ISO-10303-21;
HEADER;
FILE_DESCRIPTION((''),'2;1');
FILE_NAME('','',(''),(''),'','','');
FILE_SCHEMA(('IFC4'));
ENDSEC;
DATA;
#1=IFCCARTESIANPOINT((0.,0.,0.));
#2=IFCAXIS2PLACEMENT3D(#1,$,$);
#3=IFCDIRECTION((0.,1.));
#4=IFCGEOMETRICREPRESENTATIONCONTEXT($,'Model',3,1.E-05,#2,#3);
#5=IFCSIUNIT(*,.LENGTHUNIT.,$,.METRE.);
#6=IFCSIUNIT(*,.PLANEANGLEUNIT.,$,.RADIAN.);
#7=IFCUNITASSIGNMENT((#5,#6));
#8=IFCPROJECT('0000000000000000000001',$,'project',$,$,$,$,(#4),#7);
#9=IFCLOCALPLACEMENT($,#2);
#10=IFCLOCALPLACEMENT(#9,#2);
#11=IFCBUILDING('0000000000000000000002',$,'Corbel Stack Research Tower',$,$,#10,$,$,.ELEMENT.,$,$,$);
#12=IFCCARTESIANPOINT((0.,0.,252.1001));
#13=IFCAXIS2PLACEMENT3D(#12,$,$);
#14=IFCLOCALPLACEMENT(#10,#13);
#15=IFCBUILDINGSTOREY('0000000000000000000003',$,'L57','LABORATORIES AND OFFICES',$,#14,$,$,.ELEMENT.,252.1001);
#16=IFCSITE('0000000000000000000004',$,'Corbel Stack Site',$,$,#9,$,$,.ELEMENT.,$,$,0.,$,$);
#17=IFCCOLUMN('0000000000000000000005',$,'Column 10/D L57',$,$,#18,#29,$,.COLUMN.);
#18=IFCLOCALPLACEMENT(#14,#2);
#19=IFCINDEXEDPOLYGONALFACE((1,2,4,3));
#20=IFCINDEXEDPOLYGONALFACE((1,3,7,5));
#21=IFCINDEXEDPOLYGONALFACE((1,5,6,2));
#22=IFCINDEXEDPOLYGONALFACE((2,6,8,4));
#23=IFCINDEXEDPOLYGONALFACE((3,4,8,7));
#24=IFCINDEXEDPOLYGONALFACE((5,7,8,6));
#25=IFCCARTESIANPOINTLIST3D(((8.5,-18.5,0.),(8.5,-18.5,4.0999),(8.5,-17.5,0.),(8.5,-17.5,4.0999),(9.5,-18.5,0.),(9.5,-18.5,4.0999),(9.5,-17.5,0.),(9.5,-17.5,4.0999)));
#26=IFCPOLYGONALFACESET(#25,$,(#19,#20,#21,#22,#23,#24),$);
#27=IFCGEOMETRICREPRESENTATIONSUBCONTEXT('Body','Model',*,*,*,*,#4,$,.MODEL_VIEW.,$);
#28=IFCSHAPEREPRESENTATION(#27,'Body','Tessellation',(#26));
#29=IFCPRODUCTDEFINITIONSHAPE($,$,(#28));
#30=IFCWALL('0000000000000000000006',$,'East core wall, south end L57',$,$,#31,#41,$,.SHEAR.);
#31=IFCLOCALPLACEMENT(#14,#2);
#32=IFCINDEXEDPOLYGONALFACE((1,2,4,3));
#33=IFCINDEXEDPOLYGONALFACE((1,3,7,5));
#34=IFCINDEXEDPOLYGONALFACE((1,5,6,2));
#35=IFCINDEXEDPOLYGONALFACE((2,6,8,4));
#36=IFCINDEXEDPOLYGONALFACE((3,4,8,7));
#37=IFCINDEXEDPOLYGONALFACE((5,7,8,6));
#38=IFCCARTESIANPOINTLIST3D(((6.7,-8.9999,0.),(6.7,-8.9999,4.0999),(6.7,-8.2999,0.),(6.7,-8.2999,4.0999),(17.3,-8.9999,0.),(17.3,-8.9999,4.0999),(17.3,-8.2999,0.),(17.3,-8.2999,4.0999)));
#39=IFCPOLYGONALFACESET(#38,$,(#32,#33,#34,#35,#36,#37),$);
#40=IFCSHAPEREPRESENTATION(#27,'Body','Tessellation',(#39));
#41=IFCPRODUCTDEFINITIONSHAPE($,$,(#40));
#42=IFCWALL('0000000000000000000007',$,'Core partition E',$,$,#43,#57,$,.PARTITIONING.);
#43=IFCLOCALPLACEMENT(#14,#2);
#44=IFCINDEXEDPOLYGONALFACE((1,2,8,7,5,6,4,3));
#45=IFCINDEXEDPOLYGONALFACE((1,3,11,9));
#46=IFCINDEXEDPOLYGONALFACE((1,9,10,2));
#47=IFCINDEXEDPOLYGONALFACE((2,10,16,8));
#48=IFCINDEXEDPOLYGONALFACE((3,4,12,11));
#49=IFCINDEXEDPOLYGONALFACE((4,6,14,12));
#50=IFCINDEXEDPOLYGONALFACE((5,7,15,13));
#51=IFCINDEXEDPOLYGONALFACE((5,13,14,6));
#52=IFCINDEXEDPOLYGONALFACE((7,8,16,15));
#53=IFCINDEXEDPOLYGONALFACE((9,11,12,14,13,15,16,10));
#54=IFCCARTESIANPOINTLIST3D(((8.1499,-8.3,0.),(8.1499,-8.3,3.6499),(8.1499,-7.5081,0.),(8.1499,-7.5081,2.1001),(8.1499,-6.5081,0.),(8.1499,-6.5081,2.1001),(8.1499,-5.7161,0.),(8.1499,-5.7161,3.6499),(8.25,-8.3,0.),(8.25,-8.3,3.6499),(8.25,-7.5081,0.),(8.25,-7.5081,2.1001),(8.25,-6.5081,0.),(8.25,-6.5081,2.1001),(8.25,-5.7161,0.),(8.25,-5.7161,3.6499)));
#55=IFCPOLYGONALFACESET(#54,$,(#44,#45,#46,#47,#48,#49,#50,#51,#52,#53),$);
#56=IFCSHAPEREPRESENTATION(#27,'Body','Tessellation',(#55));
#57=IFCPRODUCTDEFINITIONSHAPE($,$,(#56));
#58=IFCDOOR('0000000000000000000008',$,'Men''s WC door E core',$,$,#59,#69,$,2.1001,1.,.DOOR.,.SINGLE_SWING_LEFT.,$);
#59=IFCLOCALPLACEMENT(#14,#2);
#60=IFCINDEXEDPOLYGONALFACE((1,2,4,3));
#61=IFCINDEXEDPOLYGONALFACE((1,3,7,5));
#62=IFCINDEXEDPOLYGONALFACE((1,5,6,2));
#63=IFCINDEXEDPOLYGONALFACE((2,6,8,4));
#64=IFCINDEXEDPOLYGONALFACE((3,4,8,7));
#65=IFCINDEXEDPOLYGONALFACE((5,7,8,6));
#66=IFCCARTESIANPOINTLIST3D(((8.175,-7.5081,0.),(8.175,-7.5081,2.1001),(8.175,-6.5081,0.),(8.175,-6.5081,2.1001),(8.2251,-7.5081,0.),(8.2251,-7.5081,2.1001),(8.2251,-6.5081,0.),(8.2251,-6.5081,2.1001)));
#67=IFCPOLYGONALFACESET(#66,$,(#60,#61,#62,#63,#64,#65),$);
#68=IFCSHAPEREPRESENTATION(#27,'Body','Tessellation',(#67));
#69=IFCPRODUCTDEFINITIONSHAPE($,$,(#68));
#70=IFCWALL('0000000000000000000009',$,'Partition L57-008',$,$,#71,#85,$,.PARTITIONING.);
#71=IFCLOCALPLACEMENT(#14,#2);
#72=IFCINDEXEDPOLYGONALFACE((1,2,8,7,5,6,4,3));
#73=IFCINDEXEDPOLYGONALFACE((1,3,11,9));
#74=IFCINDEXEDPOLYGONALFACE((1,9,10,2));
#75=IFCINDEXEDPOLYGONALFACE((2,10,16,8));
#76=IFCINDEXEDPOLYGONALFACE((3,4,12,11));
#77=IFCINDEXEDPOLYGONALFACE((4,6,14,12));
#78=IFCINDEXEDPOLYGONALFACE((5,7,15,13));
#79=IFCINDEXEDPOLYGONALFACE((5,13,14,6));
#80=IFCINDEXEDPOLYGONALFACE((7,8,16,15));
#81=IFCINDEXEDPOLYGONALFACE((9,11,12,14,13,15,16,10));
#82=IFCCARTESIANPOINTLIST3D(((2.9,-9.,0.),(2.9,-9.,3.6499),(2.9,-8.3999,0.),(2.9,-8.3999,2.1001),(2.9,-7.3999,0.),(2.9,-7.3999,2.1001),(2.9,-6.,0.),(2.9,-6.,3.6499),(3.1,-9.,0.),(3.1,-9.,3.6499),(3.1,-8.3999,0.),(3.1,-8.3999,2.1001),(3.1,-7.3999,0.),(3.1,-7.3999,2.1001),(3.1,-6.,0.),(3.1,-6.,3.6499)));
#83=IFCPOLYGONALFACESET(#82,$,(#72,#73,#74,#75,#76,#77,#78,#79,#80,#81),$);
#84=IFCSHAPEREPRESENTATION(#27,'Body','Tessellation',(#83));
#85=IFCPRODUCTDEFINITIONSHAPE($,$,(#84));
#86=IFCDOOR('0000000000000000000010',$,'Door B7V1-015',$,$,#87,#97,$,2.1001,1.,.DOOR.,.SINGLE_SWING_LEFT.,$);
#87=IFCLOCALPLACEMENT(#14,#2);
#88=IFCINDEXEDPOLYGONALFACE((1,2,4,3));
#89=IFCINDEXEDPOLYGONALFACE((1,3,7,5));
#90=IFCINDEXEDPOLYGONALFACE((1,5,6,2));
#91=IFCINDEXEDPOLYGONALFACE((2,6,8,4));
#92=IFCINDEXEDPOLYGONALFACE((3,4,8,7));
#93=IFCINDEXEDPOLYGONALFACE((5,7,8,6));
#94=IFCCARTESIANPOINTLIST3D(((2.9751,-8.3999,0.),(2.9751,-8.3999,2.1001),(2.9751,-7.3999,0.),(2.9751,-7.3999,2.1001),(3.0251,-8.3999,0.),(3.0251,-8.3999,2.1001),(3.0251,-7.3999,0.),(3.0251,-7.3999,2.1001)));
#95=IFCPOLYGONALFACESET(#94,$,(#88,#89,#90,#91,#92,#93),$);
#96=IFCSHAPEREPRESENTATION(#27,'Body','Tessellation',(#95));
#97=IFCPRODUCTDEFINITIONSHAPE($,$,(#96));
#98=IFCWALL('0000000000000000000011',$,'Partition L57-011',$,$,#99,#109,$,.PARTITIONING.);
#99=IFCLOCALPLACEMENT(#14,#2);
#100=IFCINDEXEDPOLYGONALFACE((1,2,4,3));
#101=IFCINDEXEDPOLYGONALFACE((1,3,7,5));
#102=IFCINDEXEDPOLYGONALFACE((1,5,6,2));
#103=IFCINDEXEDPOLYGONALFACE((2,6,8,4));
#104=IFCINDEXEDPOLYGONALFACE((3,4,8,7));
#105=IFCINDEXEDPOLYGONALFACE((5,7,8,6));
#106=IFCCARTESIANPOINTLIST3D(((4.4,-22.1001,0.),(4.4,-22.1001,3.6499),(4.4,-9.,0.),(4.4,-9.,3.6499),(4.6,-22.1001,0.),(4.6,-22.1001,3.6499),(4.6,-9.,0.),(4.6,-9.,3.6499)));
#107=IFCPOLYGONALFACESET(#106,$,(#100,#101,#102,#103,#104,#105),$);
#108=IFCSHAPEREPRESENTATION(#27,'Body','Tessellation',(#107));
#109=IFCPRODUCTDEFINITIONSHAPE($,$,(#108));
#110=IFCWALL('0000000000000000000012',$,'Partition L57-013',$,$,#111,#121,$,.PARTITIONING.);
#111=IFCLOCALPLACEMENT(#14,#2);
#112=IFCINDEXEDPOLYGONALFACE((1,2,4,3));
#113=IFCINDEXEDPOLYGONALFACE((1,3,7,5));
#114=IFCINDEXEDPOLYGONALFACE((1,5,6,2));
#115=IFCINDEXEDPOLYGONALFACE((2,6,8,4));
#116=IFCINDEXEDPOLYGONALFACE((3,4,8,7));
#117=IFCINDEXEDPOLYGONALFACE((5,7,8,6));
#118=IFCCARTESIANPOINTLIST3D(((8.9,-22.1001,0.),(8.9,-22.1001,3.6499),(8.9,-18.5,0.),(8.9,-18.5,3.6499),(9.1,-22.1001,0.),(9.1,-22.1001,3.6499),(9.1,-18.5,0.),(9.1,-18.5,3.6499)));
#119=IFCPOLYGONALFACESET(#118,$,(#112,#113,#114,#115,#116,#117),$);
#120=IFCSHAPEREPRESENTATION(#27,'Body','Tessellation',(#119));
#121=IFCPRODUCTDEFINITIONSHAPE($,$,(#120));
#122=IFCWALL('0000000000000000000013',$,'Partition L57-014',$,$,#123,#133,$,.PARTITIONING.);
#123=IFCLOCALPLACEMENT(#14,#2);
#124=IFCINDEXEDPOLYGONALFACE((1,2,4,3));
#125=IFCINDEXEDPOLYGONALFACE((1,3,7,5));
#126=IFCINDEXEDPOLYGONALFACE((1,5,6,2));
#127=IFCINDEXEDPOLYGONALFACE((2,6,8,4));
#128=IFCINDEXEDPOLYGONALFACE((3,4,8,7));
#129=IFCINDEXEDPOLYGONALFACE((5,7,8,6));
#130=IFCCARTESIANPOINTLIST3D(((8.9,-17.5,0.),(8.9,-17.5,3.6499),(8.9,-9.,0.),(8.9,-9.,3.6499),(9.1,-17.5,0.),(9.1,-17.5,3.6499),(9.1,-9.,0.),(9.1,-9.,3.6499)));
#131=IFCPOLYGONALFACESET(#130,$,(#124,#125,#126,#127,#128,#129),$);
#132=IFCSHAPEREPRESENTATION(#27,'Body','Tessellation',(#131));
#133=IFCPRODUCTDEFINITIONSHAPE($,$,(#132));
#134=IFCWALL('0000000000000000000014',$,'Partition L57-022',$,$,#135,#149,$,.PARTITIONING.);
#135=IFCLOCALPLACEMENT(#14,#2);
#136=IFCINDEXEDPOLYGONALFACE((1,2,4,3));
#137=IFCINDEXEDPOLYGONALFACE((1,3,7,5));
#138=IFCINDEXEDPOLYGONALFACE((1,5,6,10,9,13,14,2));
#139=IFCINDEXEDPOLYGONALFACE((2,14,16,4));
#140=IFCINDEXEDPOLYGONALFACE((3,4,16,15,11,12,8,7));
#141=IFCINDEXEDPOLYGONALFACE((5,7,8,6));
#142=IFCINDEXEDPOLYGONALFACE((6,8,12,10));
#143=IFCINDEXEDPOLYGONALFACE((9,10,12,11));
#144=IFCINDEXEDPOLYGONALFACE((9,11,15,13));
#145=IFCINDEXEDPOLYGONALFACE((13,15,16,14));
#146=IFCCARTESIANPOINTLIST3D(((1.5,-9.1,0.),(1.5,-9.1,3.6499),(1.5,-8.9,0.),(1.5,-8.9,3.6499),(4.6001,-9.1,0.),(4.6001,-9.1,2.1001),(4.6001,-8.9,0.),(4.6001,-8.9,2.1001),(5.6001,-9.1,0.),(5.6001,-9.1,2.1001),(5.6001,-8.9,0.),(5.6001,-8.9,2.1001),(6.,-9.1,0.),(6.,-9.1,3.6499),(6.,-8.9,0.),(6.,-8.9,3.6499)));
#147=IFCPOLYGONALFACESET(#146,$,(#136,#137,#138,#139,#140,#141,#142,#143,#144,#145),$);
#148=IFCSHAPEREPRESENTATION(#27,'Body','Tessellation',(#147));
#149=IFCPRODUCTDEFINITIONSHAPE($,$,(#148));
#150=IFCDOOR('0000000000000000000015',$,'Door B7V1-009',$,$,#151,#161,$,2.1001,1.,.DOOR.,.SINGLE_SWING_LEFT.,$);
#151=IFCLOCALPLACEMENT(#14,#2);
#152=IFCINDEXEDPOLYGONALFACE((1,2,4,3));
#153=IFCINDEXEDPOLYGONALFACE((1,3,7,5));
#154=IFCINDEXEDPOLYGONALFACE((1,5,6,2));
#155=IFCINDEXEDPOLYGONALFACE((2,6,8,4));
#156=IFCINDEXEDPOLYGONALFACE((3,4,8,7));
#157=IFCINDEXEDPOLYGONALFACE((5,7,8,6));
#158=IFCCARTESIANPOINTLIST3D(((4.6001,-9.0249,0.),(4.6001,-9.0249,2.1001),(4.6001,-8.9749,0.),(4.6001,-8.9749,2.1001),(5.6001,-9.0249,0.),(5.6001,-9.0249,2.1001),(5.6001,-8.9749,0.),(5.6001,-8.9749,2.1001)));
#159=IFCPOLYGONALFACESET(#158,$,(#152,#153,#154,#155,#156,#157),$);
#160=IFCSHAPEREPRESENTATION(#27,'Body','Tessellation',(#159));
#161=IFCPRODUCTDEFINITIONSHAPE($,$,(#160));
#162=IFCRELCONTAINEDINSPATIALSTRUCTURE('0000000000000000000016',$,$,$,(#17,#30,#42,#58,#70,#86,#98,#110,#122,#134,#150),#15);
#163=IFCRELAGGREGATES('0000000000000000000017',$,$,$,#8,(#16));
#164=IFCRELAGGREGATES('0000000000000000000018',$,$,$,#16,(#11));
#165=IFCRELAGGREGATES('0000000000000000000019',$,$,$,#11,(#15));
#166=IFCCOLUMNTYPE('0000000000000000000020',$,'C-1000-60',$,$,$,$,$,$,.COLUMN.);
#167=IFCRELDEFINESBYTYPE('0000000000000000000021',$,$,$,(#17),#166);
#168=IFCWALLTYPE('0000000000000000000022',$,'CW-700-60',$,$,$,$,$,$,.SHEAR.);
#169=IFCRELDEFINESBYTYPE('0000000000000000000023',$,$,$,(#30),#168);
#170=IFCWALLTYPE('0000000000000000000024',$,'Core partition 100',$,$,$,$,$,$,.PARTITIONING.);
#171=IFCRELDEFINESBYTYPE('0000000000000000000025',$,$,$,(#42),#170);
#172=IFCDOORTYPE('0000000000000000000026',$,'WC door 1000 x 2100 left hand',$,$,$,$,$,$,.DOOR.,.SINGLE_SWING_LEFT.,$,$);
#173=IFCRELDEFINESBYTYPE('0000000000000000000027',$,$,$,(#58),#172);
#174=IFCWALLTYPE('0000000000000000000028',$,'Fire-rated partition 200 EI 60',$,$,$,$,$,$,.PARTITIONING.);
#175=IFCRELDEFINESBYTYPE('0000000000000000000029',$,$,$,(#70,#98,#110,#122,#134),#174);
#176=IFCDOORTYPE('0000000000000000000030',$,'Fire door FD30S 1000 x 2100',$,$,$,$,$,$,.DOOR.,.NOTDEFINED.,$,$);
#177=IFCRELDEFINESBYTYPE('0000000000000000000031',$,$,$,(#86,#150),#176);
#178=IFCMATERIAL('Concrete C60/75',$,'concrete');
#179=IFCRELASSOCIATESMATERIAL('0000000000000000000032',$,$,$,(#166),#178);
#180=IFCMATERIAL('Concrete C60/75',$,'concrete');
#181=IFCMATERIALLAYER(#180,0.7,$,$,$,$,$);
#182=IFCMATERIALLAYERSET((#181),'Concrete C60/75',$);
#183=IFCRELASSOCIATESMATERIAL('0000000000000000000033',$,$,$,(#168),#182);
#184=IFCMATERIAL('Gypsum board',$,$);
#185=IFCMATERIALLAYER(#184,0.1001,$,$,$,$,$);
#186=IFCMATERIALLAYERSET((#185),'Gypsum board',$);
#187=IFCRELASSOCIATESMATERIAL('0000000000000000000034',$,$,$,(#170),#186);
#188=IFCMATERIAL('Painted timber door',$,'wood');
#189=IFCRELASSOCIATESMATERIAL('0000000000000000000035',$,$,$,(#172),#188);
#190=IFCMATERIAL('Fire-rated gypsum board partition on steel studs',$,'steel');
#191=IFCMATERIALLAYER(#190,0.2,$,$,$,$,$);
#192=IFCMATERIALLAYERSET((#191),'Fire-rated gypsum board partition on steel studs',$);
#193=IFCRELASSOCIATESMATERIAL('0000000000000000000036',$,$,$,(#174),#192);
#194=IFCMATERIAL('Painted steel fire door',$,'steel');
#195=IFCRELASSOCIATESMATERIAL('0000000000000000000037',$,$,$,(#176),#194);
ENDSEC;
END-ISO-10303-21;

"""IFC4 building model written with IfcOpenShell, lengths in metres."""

from ifc_helpers import new_model, si_unit, direction, frame, frame_2d, origin, origin_2d, place, context, subcontext, project, spatial, rectangle, extrude, material, layer, layer_set, material_profile, profile_set, type_object, element, fill, save


model = new_model("IFC4")

# Units and contexts
model_context = context("Model", 3, precision=1e-05, world=origin(), true_north=direction((0.0, 1.0)))
body_context = subcontext(model_context, "Body", "Model", "MODEL_VIEW")
ifc_project = project(units=[si_unit("LENGTHUNIT", "METRE"), si_unit("PLANEANGLEUNIT", "RADIAN")], contexts=[model_context])

# Site, building, storey
site_placement = place(None, origin())
site = spatial("IfcSite", under=ifc_project, at=site_placement, Name="Corbel Stack Site", CompositionType="ELEMENT", RefElevation=0.0)
building_placement = place(site_placement, origin())
building = spatial("IfcBuilding", under=site, at=building_placement, Name="Corbel Stack Research Tower", CompositionType="ELEMENT")
storey_placement = place(building_placement, frame((0.0, 0.0, 252.1001)))
storey = spatial("IfcBuildingStorey", under=building, at=storey_placement, Name="L57", Description="LABORATORIES AND OFFICES", CompositionType="ELEMENT", Elevation=252.1001)

# Column
ifc_material_1 = material(Name="Concrete C60/75", Category="concrete")
ifc_material_profile = material_profile(ifc_material_1, rectangle(XDim=1.0, YDim=1.0, at=origin_2d()), Name="RC 1000 x 1000")
ifc_profile_set = profile_set([ifc_material_profile], Name="Concrete C60/75")
column_type = type_object("IfcColumnType", Name="C-1000-60", PredefinedType="COLUMN", material=ifc_profile_set)
column_placement = place(storey_placement, frame((9.0, -18.0, 0.0), z_axis=(0.0, 0.0, 1.0), x_axis=(1.0, 0.0, 0.0)))
element("IfcColumn", 1, at=column_placement, inside=storey, type_object=column_type, Name="Column 10/D L57", PredefinedType="COLUMN", context=body_context, shape_type="SweptSolid", body=[
    extrude(rectangle(XDim=1.0, YDim=1.0, at=origin_2d()), origin(), (0.0, 0.0, 1.0), 4.0999),
])

# Shared definitions
ifc_material_2 = material(Name="Concrete C60/75", Category="concrete")
ifc_layer_1 = layer(ifc_material_2, 0.7)
ifc_layer_set_1 = layer_set([ifc_layer_1], Name="Concrete C60/75")
wall_type_1 = type_object("IfcWallType", Name="CW-700-60", PredefinedType="SHEAR", material=ifc_layer_set_1)

# Wall
wall_1_placement = place(storey_placement, frame((6.7, -8.6499, 0.0), z_axis=(0.0, 0.0, 1.0), x_axis=(1.0, 0.0, 0.0)))
element("IfcWall", 2, at=wall_1_placement, inside=storey, type_object=wall_type_1, Name="East core wall, south end L57", PredefinedType="SHEAR", context=body_context, shape_type="SweptSolid", body=[
    extrude(rectangle(XDim=10.6001, YDim=0.7, at=frame_2d((5.3, 0.0))), origin(), (0.0, 0.0, 1.0), 4.0999),
])

# Walls, openings, doors
ifc_material_3 = material(Name="Gypsum board")
ifc_layer_2 = layer(ifc_material_3, 0.1001)
ifc_layer_set_2 = layer_set([ifc_layer_2], Name="Gypsum board")
wall_type_2 = type_object("IfcWallType", Name="Core partition 100", PredefinedType="PARTITIONING", material=ifc_layer_set_2)
wall_2_placement = place(storey_placement, frame((8.2, -8.3, 0.0), z_axis=(0.0, 0.0, 1.0), x_axis=(0.0, 1.0, 0.0)))
wall_2 = element("IfcWall", 3, at=wall_2_placement, inside=storey, type_object=wall_type_2, Name="Core partition E", PredefinedType="PARTITIONING", context=body_context, shape_type="SweptSolid", body=[
    extrude(rectangle(XDim=2.584, YDim=0.1001, at=frame_2d((1.292, 0.0))), origin(), (0.0, 0.0, 1.0), 3.6499),
])
opening_1_placement = place(wall_2_placement, frame((0.792, 0.0, 0.0)))
opening_1 = element("IfcOpeningElement", 4, at=opening_1_placement, cuts=wall_2, PredefinedType="OPENING", context=body_context, shape_type="SweptSolid", body=[
    extrude(rectangle(XDim=1.0, YDim=2.1001, at=frame_2d((0.5, 1.05))), frame((0.0, 0.0601, 0.0), z_axis=(0.0, -1.0, 0.0), x_axis=(1.0, 0.0, 0.0)), (0.0, 0.0, 1.0), 0.1201),
])
ifc_material_4 = material(Name="Painted timber door", Category="wood")
door_type_1 = type_object("IfcDoorType", Name="WC door 1000 x 2100 left hand", OperationType="SINGLE_SWING_LEFT", PredefinedType="DOOR", material=ifc_material_4)
door_1_placement = place(opening_1_placement, origin())
door_1 = element("IfcDoor", 5, at=door_1_placement, inside=storey, type_object=door_type_1, Name="Men's WC door E core", OperationType="SINGLE_SWING_LEFT", OverallHeight=2.1001, OverallWidth=1.0, PredefinedType="DOOR", context=body_context, shape_type="SweptSolid", body=[
    extrude(rectangle(XDim=1.0, YDim=2.1001, at=frame_2d((0.5, 1.05))), frame((0.0, 0.0249, 0.0), z_axis=(0.0, -1.0, 0.0), x_axis=(1.0, 0.0, 0.0)), (0.0, 0.0, 1.0), 0.05),
])
fill(opening_1, door_1)
ifc_material_5 = material(Name="Fire-rated gypsum board partition on steel studs", Category="steel")
ifc_layer_3 = layer(ifc_material_5, 0.2)
ifc_layer_set_3 = layer_set([ifc_layer_3], Name="Fire-rated gypsum board partition on steel studs")
wall_type_3 = type_object("IfcWallType", Name="Fire-rated partition 200 EI 60", PredefinedType="PARTITIONING", material=ifc_layer_set_3)
wall_3_placement = place(storey_placement, frame((3.0, -9.0, 0.0), z_axis=(0.0, 0.0, 1.0), x_axis=(0.0, 1.0, 0.0)))
wall_3 = element("IfcWall", 6, at=wall_3_placement, inside=storey, type_object=wall_type_3, Name="Partition L57-008", PredefinedType="PARTITIONING", context=body_context, shape_type="SweptSolid", body=[
    extrude(rectangle(XDim=3.0, YDim=0.2, at=frame_2d((1.5, 0.0))), origin(), (0.0, 0.0, 1.0), 3.6499),
])
opening_2_placement = place(wall_3_placement, frame((0.6001, 0.0, 0.0)))
opening_2 = element("IfcOpeningElement", 7, at=opening_2_placement, cuts=wall_3, PredefinedType="OPENING", context=body_context, shape_type="SweptSolid", body=[
    extrude(rectangle(XDim=1.0, YDim=2.1001, at=frame_2d((0.5, 1.05))), frame((0.0, 0.1099, 0.0), z_axis=(0.0, -1.0, 0.0), x_axis=(1.0, 0.0, 0.0)), (0.0, 0.0, 1.0), 0.22),
])
ifc_material_6 = material(Name="Painted steel fire door", Category="steel")
door_type_2 = type_object("IfcDoorType", Name="Fire door FD30S 1000 x 2100", OperationType="NOTDEFINED", PredefinedType="DOOR", material=ifc_material_6)
door_2_placement = place(opening_2_placement, origin())
door_2 = element("IfcDoor", 8, at=door_2_placement, inside=storey, type_object=door_type_2, Name="Door B7V1-015", OperationType="SINGLE_SWING_LEFT", OverallHeight=2.1001, OverallWidth=1.0, PredefinedType="DOOR", context=body_context, shape_type="SweptSolid", body=[
    extrude(rectangle(XDim=1.0, YDim=2.1001, at=frame_2d((0.5, 1.05))), frame((0.0, 0.0249, 0.0), z_axis=(0.0, -1.0, 0.0), x_axis=(1.0, 0.0, 0.0)), (0.0, 0.0, 1.0), 0.05),
])
fill(opening_2, door_2)

# Walls
wall_4_placement = place(storey_placement, frame((4.5, -22.1001, 0.0), z_axis=(0.0, 0.0, 1.0), x_axis=(0.0, 1.0, 0.0)))
element("IfcWall", 9, at=wall_4_placement, inside=storey, type_object=wall_type_3, Name="Partition L57-011", PredefinedType="PARTITIONING", context=body_context, shape_type="SweptSolid", body=[
    extrude(rectangle(XDim=13.1001, YDim=0.2, at=frame_2d((6.55, 0.0))), origin(), (0.0, 0.0, 1.0), 3.6499),
])
wall_5_placement = place(storey_placement, frame((9.0, -22.1001, 0.0), z_axis=(0.0, 0.0, 1.0), x_axis=(0.0, 1.0, 0.0)))
element("IfcWall", 10, at=wall_5_placement, inside=storey, type_object=wall_type_3, Name="Partition L57-013", PredefinedType="PARTITIONING", context=body_context, shape_type="SweptSolid", body=[
    extrude(rectangle(XDim=3.6001, YDim=0.2, at=frame_2d((1.8, 0.0))), origin(), (0.0, 0.0, 1.0), 3.6499),
])
wall_6_placement = place(storey_placement, frame((9.0, -17.5, 0.0), z_axis=(0.0, 0.0, 1.0), x_axis=(0.0, 1.0, 0.0)))
element("IfcWall", 11, at=wall_6_placement, inside=storey, type_object=wall_type_3, Name="Partition L57-014", PredefinedType="PARTITIONING", context=body_context, shape_type="SweptSolid", body=[
    extrude(rectangle(XDim=8.5, YDim=0.2, at=frame_2d((4.25, 0.0))), origin(), (0.0, 0.0, 1.0), 3.6499),
])

# Wall, opening, door
wall_7_placement = place(storey_placement, frame((6.0, -9.0, 0.0), z_axis=(0.0, 0.0, 1.0), x_axis=(-1.0, 0.0, 0.0)))
wall_7 = element("IfcWall", 12, at=wall_7_placement, inside=storey, type_object=wall_type_3, Name="Partition L57-022", PredefinedType="PARTITIONING", context=body_context, shape_type="SweptSolid", body=[
    extrude(rectangle(XDim=4.5, YDim=0.2, at=frame_2d((2.25, 0.0))), origin(), (0.0, 0.0, 1.0), 3.6499),
])
opening_3_placement = place(wall_7_placement, frame((0.3999, 0.0, 0.0)))
opening_3 = element("IfcOpeningElement", 13, at=opening_3_placement, cuts=wall_7, PredefinedType="OPENING", context=body_context, shape_type="SweptSolid", body=[
    extrude(rectangle(XDim=1.0, YDim=2.1001, at=frame_2d((0.5, 1.05))), frame((0.0, 0.1099, 0.0), z_axis=(0.0, -1.0, 0.0), x_axis=(1.0, 0.0, 0.0)), (0.0, 0.0, 1.0), 0.22),
])
door_3_placement = place(opening_3_placement, origin())
door_3 = element("IfcDoor", 14, at=door_3_placement, inside=storey, type_object=door_type_2, Name="Door B7V1-009", OperationType="SINGLE_SWING_LEFT", OverallHeight=2.1001, OverallWidth=1.0, PredefinedType="DOOR", context=body_context, shape_type="SweptSolid", body=[
    extrude(rectangle(XDim=1.0, YDim=2.1001, at=frame_2d((0.5, 1.05))), frame((0.0, 0.0249, 0.0), z_axis=(0.0, -1.0, 0.0), x_axis=(1.0, 0.0, 0.0)), (0.0, 0.0, 1.0), 0.05),
])
fill(opening_3, door_3)

save(model, "model.ifc")
